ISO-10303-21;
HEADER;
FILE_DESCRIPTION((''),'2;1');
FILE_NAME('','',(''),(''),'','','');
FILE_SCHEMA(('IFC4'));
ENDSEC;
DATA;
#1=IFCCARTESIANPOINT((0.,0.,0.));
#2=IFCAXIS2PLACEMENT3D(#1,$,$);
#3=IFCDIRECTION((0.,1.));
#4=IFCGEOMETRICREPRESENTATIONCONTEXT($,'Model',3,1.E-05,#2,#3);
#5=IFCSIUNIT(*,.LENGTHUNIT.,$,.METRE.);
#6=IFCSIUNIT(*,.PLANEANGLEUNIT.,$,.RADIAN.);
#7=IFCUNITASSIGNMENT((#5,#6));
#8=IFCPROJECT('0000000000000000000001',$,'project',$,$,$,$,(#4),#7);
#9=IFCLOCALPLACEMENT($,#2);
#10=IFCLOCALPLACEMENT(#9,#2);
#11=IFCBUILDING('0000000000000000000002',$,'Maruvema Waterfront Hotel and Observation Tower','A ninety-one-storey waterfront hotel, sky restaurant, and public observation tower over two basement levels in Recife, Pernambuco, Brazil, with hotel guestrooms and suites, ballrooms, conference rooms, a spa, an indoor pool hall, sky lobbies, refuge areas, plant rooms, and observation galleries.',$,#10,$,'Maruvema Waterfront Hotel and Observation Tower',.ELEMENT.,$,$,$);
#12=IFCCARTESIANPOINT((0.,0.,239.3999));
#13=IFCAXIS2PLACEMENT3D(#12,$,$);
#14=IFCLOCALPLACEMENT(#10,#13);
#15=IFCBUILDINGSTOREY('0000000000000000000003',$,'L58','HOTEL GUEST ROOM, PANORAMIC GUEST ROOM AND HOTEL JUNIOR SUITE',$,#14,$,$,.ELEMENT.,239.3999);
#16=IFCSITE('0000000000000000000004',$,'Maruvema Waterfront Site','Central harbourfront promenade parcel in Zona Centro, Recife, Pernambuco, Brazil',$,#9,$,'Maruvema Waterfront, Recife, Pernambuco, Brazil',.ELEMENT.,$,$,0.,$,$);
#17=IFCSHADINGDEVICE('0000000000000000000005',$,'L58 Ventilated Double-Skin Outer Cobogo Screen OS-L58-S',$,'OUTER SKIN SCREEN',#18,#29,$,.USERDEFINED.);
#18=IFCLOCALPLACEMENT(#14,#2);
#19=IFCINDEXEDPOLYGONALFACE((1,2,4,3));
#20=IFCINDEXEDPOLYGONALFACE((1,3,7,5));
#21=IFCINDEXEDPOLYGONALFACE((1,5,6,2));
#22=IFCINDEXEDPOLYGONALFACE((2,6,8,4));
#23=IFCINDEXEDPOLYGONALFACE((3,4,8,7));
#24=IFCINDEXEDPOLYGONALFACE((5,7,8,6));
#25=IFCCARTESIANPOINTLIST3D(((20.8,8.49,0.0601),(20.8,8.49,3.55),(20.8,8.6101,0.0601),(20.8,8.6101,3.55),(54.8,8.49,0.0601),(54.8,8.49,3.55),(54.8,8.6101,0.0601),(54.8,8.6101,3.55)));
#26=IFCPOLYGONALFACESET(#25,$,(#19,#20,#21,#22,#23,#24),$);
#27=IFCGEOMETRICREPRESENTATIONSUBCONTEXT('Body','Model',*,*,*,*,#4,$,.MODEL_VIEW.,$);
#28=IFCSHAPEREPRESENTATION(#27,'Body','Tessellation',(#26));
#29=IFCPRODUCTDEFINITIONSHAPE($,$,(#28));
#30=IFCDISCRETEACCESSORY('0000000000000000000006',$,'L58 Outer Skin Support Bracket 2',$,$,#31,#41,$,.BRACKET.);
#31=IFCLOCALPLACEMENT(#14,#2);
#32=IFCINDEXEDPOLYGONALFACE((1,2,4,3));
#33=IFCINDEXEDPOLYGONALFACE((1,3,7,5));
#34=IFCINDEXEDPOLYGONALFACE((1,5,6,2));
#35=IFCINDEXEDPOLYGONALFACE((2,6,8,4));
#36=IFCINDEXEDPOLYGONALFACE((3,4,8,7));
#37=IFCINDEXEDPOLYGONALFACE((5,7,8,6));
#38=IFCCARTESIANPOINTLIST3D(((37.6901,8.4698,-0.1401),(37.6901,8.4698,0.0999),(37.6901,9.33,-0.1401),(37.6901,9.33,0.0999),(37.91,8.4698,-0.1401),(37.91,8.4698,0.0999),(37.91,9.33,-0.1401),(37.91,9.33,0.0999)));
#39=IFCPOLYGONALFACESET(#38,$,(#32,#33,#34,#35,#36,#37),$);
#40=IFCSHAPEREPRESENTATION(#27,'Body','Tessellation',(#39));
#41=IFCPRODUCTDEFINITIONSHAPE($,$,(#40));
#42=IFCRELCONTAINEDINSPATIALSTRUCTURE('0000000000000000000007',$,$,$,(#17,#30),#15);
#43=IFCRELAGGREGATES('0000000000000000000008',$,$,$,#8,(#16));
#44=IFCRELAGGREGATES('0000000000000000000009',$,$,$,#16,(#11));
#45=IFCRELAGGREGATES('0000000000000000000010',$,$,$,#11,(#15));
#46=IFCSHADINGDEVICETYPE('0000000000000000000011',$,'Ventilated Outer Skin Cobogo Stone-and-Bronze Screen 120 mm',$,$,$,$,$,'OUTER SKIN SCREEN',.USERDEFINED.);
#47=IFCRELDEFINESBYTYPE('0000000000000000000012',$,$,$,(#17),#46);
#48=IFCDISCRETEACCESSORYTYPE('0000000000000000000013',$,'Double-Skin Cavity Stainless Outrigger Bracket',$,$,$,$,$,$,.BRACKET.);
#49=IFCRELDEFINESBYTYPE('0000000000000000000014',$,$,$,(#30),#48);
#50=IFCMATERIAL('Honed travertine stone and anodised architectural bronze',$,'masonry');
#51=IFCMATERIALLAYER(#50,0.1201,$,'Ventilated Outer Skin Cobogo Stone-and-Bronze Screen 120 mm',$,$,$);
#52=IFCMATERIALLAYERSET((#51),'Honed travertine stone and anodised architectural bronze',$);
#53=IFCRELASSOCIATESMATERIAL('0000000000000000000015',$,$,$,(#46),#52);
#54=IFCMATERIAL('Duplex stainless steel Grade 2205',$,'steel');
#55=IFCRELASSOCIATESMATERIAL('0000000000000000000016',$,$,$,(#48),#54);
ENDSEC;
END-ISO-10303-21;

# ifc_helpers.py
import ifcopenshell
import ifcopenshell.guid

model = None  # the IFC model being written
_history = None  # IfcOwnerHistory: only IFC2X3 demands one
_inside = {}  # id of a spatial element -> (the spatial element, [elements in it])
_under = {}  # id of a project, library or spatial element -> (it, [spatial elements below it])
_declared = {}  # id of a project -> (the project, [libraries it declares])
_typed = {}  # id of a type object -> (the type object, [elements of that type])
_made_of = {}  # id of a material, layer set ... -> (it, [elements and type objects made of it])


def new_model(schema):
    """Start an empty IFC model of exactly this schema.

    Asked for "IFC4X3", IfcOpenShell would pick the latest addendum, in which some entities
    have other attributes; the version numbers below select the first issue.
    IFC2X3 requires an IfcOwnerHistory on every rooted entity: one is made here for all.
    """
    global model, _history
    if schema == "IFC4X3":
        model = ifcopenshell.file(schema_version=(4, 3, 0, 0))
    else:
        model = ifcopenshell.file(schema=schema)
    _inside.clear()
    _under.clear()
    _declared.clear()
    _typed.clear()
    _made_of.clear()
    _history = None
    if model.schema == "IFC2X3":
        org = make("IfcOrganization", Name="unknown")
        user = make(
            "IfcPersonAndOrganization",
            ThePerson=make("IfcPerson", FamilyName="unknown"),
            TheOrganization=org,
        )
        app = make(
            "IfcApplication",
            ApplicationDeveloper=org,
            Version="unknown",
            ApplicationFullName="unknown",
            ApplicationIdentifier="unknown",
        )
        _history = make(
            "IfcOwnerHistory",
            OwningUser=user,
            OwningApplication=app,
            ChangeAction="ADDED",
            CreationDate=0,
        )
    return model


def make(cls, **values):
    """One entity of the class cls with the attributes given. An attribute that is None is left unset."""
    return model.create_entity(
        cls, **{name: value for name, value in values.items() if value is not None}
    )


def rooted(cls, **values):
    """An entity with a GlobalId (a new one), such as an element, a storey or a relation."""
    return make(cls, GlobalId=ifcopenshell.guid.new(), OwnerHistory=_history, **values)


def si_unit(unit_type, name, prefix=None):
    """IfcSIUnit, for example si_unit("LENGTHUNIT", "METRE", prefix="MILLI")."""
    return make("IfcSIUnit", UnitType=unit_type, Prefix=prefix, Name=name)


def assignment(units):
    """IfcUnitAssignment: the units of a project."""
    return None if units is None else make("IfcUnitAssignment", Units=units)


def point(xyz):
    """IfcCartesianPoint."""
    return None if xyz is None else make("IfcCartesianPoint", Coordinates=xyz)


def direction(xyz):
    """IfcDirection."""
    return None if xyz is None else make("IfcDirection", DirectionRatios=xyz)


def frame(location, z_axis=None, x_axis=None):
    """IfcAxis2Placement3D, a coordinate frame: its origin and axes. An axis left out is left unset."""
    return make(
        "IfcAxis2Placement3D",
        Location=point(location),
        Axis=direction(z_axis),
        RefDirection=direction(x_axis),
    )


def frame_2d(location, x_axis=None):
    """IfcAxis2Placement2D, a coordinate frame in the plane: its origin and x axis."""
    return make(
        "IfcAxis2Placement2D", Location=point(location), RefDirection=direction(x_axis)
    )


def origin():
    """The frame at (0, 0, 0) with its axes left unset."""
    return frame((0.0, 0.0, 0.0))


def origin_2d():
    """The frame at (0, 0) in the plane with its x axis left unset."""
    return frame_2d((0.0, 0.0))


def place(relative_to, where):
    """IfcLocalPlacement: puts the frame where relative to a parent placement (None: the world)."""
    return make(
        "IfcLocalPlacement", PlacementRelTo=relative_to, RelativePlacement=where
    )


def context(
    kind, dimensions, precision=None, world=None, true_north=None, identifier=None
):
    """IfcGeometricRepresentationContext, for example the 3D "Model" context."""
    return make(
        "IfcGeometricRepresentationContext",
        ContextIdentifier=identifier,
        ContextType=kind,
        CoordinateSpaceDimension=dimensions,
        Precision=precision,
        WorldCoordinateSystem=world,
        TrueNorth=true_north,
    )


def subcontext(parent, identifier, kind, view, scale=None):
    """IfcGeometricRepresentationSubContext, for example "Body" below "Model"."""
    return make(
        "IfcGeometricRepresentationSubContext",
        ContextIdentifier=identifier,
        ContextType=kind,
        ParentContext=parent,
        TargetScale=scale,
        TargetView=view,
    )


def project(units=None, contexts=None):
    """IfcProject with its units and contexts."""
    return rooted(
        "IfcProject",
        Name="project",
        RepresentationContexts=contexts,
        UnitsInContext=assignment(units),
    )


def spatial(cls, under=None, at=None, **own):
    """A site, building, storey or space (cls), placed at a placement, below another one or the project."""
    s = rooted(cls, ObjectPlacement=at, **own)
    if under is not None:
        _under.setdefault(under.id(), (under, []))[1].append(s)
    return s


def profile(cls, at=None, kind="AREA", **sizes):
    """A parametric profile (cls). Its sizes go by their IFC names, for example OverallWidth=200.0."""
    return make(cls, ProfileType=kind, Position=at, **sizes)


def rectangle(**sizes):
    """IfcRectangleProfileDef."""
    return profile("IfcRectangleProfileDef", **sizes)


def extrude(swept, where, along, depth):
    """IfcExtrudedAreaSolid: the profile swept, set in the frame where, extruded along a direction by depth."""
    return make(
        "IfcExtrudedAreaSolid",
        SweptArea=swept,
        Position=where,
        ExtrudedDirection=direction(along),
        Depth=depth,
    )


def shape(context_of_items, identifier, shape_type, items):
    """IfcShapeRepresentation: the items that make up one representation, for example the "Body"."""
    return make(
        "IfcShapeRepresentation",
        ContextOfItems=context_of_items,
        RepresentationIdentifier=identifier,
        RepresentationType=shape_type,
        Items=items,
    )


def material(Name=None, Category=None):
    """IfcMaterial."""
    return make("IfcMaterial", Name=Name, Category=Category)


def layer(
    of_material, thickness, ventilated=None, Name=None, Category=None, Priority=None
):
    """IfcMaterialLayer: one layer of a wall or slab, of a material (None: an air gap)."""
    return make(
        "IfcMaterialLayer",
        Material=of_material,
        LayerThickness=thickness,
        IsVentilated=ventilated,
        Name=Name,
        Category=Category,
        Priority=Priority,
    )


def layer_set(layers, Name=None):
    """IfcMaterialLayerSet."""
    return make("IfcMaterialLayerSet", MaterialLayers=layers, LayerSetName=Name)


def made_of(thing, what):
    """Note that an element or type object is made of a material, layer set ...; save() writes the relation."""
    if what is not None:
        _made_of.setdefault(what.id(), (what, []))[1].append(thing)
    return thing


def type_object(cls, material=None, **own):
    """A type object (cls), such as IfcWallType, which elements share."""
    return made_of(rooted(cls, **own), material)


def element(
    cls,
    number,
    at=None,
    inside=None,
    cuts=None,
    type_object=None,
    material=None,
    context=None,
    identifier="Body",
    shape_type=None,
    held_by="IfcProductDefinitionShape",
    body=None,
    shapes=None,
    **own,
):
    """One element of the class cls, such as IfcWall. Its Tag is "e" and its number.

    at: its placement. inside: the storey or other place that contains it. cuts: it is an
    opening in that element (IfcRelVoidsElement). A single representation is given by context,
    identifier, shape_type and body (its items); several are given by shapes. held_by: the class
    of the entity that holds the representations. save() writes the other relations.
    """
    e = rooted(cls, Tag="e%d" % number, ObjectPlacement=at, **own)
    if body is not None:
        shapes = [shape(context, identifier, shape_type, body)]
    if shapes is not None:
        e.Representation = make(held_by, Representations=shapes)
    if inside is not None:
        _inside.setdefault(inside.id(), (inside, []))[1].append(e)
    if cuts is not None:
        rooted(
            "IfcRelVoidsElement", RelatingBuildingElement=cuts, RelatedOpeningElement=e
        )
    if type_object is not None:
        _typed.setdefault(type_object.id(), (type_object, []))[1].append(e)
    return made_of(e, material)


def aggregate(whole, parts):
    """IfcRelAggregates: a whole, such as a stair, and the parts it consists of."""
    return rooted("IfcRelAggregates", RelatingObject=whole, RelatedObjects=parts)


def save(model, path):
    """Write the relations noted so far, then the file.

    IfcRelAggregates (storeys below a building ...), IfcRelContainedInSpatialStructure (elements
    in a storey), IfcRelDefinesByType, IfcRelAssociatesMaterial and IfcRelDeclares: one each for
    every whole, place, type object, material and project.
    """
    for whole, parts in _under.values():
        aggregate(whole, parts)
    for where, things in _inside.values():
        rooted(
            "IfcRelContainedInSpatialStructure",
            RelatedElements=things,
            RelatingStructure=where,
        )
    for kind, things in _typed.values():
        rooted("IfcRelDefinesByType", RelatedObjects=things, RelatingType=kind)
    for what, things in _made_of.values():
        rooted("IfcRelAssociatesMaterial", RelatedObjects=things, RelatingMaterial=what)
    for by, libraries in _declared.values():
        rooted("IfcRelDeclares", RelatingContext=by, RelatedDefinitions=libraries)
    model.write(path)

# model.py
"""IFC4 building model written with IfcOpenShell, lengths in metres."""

from ifc_helpers import new_model, si_unit, direction, frame, origin, origin_2d, place, context, subcontext, project, spatial, rectangle, extrude, material, layer, layer_set, type_object, element, save


model = new_model("IFC4")

# Units and contexts
model_context = context("Model", 3, precision=1e-05, world=origin(), true_north=direction((0.0, 1.0)))
body_context = subcontext(model_context, "Body", "Model", "MODEL_VIEW")
ifc_project = project(units=[si_unit("LENGTHUNIT", "METRE"), si_unit("PLANEANGLEUNIT", "RADIAN")], contexts=[model_context])

# Site, building, storey
site_placement = place(None, origin())
site = spatial("IfcSite", under=ifc_project, at=site_placement, Name="Maruvema Waterfront Site", Description="Central harbourfront promenade parcel in Zona Centro, Recife, Pernambuco, Brazil", LongName="Maruvema Waterfront, Recife, Pernambuco, Brazil", CompositionType="ELEMENT", RefElevation=0.0)
building_placement = place(site_placement, origin())
building = spatial("IfcBuilding", under=site, at=building_placement, Name="Maruvema Waterfront Hotel and Observation Tower", Description="A ninety-one-storey waterfront hotel, sky restaurant, and public observation tower over two basement levels in Recife, Pernambuco, Brazil, with hotel guestrooms and suites, ballrooms, conference rooms, a spa, an indoor pool hall, sky lobbies, refuge areas, plant rooms, and observation galleries.", LongName="Maruvema Waterfront Hotel and Observation Tower", CompositionType="ELEMENT")
storey_placement = place(building_placement, frame((0.0, 0.0, 239.3999)))
storey = spatial("IfcBuildingStorey", under=building, at=storey_placement, Name="L58", Description="HOTEL GUEST ROOM, PANORAMIC GUEST ROOM AND HOTEL JUNIOR SUITE", CompositionType="ELEMENT", Elevation=239.3999)

# Shading device
ifc_material_1 = material(Name="Honed travertine stone and anodised architectural bronze", Category="masonry")
ifc_layer_1 = layer(ifc_material_1, 0.1201, Name="Ventilated Outer Skin Cobogo Stone-and-Bronze Screen 120 mm")
ifc_layer_set_1 = layer_set([ifc_layer_1], Name="Honed travertine stone and anodised architectural bronze")
shading_device_type = type_object("IfcShadingDeviceType", Name="Ventilated Outer Skin Cobogo Stone-and-Bronze Screen 120 mm", ElementType="OUTER SKIN SCREEN", PredefinedType="USERDEFINED", material=ifc_layer_set_1)
shading_device_placement = place(storey_placement, frame((37.8, 8.55, 0.0601), z_axis=(0.0, 0.0, 1.0), x_axis=(1.0, 0.0, 0.0)))
element("IfcShadingDevice", 1, at=shading_device_placement, inside=storey, type_object=shading_device_type, Name="L58 Ventilated Double-Skin Outer Cobogo Screen OS-L58-S", ObjectType="OUTER SKIN SCREEN", PredefinedType="USERDEFINED", context=body_context, shape_type="SweptSolid", body=[
    extrude(rectangle(XDim=34.0, YDim=0.1201, at=origin_2d()), origin(), (0.0, 0.0, 1.0), 3.49),
])

# Discrete accessory
ifc_material_2 = material(Name="Duplex stainless steel Grade 2205", Category="steel")
discrete_accessory_type = type_object("IfcDiscreteAccessoryType", Name="Double-Skin Cavity Stainless Outrigger Bracket", PredefinedType="BRACKET", material=ifc_material_2)
discrete_accessory_placement = place(storey_placement, frame((37.8, 8.8999, -0.1401), z_axis=(0.0, 0.0, 1.0), x_axis=(1.0, 0.0, 0.0)))
element("IfcDiscreteAccessory", 2, at=discrete_accessory_placement, inside=storey, type_object=discrete_accessory_type, Name="L58 Outer Skin Support Bracket 2", PredefinedType="BRACKET", context=body_context, shape_type="SweptSolid", body=[
    extrude(rectangle(XDim=0.22, YDim=0.8601, at=origin_2d()), origin(), (0.0, 0.0, 1.0), 0.24),
])

save(model, "model.ifc")
